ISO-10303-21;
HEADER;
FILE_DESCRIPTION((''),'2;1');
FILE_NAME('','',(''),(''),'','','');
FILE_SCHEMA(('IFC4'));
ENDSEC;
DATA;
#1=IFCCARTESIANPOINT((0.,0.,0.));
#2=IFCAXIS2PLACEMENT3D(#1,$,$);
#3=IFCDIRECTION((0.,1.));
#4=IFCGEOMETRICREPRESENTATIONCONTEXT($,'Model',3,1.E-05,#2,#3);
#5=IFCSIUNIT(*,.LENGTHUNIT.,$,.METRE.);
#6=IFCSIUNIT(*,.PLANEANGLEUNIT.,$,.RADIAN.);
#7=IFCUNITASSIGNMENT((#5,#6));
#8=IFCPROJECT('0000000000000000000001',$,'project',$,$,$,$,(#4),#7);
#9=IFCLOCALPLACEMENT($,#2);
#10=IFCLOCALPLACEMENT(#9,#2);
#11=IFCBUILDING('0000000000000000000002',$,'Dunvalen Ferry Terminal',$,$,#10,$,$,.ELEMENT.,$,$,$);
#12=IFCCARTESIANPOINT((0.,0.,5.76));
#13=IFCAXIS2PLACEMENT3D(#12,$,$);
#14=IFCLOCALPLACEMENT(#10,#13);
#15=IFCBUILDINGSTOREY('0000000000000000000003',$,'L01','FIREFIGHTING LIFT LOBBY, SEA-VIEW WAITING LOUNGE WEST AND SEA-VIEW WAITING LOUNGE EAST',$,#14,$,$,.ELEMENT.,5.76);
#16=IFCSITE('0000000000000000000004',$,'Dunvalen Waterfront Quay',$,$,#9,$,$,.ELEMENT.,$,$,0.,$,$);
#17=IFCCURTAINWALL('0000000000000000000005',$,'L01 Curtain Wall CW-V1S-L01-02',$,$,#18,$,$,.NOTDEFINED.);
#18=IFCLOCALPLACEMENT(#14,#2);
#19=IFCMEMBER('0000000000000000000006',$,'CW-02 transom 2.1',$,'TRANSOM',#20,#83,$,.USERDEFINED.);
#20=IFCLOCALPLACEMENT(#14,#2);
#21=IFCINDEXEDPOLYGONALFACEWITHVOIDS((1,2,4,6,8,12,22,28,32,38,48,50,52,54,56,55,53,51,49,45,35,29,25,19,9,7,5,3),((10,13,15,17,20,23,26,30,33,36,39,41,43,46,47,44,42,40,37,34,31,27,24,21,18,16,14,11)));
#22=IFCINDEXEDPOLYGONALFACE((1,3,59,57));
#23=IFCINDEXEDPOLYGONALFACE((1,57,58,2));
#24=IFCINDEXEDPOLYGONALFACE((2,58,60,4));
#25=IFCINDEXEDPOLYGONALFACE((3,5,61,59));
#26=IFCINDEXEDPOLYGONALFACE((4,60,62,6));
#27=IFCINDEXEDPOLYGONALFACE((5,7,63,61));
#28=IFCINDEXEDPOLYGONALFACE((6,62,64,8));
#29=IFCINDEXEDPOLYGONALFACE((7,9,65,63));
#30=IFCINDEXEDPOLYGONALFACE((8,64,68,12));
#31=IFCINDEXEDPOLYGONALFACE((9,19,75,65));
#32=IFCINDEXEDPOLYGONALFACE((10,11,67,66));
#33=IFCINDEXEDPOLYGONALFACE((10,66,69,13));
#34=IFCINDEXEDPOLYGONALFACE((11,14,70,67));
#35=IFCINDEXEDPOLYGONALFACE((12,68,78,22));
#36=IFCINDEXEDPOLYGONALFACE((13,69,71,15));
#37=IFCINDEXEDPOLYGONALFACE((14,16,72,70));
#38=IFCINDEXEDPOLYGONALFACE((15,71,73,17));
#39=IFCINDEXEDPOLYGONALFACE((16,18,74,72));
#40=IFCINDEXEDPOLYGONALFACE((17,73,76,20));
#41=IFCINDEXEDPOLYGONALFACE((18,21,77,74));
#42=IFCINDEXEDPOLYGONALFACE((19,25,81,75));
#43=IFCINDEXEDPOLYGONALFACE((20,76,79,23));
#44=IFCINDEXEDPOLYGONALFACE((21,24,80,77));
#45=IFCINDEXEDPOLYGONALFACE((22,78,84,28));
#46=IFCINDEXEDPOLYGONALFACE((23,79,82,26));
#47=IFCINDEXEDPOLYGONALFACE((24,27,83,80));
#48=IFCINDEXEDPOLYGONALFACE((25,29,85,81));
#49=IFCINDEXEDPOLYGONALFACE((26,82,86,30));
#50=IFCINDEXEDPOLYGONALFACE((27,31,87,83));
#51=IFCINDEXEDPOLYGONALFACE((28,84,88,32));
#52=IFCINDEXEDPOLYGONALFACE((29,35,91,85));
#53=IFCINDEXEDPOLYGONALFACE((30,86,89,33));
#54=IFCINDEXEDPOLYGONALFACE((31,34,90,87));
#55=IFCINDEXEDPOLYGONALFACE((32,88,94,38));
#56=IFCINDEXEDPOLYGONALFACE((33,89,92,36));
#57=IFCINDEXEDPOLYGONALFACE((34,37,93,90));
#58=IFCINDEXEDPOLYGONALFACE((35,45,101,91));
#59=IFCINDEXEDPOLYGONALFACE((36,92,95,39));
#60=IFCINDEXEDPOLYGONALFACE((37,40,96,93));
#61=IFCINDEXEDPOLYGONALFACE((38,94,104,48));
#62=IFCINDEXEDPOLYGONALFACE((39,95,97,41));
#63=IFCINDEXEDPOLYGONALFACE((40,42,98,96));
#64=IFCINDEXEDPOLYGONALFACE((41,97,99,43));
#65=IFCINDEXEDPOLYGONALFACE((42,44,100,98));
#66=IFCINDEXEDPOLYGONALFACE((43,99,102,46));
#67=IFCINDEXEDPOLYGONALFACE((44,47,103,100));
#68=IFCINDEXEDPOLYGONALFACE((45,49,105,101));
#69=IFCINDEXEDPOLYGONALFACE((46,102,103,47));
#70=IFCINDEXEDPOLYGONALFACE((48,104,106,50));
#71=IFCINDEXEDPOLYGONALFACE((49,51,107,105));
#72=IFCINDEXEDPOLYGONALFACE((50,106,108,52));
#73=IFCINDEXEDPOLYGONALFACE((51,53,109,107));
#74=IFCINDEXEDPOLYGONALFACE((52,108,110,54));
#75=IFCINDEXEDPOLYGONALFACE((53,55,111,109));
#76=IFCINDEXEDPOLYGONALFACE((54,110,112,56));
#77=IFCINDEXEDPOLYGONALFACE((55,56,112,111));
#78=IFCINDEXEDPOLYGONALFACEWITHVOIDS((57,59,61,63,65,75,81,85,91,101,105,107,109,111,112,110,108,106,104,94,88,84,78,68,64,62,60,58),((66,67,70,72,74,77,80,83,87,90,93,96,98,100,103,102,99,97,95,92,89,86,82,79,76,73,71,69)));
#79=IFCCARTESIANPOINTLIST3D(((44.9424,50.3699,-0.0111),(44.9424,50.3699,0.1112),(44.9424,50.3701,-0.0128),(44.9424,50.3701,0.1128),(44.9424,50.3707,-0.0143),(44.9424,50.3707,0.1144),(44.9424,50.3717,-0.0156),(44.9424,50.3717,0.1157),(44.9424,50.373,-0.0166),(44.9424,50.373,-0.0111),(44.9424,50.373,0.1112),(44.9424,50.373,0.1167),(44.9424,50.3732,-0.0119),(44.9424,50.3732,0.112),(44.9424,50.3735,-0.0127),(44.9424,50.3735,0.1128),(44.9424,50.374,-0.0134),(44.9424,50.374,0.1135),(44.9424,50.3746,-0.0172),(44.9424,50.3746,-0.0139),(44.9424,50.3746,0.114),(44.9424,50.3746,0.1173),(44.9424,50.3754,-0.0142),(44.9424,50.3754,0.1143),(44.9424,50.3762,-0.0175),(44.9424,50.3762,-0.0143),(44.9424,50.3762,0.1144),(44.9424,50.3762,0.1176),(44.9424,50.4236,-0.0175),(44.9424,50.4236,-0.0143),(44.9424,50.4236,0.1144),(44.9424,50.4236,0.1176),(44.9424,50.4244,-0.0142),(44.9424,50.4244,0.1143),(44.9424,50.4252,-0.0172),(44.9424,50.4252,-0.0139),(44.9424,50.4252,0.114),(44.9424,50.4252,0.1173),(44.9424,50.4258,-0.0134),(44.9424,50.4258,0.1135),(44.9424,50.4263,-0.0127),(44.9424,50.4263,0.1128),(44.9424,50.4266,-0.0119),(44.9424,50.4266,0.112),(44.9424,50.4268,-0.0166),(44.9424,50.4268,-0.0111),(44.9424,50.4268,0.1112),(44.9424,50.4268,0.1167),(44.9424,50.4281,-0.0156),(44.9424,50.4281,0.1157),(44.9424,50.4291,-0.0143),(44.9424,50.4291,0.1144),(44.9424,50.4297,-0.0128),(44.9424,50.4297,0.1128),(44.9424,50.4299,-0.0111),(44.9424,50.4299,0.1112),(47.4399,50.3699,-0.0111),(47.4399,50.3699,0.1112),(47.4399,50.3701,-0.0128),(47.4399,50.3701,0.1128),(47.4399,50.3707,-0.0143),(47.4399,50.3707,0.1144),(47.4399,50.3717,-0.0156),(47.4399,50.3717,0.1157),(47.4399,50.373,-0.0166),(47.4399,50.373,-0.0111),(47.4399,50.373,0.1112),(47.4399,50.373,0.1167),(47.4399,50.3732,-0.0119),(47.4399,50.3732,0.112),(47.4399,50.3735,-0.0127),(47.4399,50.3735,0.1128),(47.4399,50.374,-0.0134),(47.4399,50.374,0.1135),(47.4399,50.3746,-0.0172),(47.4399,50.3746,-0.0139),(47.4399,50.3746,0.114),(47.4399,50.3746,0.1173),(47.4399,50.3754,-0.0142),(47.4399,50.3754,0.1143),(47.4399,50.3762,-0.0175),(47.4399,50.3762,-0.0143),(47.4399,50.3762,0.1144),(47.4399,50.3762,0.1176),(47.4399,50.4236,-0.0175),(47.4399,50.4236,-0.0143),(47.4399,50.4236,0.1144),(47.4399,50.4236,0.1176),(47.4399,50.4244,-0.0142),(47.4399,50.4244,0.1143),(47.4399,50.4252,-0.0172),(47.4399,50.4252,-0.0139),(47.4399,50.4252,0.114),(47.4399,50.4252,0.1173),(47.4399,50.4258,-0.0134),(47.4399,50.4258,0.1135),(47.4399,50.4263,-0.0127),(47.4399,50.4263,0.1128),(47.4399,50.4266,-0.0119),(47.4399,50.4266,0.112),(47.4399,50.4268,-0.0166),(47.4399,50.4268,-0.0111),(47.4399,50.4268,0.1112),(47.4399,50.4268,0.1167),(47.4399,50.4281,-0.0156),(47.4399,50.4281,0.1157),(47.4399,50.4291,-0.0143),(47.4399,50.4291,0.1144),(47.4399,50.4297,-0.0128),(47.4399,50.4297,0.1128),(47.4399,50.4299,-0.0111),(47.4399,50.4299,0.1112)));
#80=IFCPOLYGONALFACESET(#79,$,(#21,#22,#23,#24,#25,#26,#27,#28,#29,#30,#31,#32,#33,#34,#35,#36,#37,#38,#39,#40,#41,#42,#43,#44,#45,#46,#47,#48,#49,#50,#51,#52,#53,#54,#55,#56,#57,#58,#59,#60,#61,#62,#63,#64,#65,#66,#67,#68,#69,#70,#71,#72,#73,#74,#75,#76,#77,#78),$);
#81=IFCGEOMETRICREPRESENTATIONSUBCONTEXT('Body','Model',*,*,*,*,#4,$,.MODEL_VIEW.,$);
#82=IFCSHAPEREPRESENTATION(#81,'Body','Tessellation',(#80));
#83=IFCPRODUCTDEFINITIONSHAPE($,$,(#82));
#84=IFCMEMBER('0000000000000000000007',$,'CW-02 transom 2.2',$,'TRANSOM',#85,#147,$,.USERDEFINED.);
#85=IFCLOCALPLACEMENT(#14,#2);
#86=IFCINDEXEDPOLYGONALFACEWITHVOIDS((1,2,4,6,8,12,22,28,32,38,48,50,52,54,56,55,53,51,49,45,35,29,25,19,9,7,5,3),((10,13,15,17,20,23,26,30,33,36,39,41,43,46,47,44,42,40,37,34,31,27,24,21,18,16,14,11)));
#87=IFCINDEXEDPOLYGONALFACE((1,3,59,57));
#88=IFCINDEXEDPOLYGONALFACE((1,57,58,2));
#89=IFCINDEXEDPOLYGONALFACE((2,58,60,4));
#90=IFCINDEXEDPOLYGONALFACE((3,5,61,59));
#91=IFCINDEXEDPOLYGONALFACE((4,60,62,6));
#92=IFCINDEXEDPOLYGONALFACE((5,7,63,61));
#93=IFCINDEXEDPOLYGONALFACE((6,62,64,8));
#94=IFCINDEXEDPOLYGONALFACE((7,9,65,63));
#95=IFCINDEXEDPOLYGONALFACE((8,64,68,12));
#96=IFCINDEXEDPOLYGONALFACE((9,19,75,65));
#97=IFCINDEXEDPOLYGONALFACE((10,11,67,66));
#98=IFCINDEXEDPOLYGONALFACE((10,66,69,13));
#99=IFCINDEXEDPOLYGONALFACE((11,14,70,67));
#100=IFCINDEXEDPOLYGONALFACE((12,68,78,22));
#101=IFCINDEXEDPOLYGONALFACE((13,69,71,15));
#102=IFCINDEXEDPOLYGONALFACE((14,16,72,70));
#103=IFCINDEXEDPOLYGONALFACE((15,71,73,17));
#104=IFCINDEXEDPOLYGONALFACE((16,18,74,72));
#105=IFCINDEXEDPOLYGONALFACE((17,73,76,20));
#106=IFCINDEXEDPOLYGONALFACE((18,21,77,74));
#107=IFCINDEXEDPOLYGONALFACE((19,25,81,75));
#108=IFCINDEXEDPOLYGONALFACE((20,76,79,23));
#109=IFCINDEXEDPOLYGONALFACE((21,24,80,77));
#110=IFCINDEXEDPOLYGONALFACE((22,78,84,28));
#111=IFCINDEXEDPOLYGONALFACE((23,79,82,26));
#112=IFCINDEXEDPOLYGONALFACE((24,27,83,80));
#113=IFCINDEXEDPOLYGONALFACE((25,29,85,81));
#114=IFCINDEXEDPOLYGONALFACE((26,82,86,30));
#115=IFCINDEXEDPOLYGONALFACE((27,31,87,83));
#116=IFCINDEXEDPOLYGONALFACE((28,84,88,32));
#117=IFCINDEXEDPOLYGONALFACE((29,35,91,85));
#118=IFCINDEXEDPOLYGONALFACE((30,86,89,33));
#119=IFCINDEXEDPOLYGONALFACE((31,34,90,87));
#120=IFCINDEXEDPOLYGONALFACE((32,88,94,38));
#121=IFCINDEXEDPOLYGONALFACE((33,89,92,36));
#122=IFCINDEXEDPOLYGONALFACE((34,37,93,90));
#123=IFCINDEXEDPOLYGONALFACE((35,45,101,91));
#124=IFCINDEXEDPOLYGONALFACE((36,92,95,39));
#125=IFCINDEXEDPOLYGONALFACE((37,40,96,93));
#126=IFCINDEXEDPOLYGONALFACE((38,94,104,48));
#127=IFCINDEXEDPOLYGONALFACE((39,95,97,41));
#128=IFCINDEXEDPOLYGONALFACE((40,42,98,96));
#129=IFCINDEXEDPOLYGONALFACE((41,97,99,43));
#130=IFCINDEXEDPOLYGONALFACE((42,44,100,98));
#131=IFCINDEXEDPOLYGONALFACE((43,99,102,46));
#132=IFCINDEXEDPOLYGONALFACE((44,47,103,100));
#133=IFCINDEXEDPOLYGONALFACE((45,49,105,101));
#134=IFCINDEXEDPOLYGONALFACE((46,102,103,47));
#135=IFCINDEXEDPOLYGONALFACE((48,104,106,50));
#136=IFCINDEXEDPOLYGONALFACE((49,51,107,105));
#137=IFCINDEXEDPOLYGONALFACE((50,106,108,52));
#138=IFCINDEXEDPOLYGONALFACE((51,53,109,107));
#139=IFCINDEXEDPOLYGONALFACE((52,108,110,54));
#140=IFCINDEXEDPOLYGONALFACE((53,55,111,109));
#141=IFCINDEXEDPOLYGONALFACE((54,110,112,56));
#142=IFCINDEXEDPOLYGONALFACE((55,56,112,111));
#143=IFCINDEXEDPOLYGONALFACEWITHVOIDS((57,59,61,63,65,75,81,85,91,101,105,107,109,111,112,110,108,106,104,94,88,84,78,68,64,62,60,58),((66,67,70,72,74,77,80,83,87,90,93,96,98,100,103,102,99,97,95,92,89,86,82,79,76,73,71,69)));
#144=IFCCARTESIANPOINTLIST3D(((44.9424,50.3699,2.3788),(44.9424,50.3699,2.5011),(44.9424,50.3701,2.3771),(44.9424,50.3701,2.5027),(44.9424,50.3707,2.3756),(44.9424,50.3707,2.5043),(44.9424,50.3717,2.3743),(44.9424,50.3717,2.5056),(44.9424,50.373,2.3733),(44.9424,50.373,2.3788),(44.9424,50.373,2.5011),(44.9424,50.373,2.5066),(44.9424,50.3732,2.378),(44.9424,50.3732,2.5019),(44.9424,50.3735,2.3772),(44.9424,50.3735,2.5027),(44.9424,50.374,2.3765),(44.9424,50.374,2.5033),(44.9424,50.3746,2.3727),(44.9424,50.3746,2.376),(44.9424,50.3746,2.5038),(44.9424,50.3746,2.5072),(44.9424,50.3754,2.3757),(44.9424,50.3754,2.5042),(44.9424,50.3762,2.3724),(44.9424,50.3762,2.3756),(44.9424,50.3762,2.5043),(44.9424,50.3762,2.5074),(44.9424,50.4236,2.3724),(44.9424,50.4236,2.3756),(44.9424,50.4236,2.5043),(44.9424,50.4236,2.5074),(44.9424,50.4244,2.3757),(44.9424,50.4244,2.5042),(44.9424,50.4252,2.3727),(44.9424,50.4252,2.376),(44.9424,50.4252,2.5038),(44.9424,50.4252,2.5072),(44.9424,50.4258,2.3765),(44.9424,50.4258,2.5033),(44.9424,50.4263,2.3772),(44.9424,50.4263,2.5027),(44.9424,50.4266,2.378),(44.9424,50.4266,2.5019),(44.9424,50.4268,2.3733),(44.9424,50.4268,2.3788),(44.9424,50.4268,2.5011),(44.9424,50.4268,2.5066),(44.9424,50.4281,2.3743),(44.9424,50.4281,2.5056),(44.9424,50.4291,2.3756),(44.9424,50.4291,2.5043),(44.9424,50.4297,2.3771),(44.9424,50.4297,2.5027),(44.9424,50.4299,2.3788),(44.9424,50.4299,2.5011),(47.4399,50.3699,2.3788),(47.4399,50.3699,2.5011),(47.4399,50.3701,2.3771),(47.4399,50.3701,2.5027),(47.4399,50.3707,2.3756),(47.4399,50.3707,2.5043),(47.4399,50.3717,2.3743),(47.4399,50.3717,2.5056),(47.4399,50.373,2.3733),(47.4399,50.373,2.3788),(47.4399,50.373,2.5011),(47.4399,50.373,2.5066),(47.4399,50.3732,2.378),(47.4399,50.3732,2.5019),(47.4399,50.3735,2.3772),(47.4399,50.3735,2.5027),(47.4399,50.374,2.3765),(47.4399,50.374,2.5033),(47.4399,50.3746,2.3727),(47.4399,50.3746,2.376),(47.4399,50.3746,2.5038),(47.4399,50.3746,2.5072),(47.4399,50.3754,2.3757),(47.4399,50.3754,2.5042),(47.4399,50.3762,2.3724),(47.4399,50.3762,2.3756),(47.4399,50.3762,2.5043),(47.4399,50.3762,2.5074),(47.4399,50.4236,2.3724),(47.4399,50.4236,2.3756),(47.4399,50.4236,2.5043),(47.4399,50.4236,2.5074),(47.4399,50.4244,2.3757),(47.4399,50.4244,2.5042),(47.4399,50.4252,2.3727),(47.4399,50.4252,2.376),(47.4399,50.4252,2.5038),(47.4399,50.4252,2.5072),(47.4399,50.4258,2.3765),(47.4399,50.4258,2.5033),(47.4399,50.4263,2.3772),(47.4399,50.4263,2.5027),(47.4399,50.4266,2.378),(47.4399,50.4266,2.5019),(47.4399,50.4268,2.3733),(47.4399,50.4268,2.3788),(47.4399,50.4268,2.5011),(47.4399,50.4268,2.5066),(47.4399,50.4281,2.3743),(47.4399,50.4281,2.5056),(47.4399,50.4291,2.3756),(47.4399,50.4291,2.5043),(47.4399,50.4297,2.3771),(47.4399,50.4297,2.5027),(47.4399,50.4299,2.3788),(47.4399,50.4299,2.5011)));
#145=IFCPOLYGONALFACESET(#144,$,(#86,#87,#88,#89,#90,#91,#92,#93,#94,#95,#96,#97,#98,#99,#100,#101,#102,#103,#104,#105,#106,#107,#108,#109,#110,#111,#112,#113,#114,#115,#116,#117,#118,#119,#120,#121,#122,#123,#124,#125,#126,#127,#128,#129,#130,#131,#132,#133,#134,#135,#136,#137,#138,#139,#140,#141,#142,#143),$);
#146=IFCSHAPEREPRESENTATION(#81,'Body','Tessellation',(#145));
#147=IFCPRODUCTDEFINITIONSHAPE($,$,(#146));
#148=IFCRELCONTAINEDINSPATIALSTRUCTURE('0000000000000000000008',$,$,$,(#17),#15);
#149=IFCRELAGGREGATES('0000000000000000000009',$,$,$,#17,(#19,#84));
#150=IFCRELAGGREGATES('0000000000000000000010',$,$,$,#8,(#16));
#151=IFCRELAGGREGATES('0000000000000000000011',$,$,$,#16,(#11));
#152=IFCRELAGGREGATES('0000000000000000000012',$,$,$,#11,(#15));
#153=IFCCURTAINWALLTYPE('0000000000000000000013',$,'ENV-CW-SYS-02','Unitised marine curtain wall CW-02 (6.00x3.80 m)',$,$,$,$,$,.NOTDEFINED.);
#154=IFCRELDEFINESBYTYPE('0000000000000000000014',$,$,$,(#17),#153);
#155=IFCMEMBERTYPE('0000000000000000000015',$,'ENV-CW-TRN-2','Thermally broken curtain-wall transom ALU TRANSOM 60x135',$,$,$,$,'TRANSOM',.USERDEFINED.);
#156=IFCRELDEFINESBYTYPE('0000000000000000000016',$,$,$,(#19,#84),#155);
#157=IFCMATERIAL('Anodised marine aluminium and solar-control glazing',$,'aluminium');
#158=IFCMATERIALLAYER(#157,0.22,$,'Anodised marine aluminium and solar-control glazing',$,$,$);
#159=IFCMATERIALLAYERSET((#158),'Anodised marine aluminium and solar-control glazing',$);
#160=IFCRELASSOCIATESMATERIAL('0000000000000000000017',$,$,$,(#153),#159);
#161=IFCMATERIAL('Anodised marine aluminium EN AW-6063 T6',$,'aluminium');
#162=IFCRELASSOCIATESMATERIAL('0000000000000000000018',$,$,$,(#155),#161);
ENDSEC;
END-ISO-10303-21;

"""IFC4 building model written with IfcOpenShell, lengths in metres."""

from ifc_helpers import new_model, si_unit, direction, frame, origin, origin_2d, place, context, subcontext, project, spatial, hollow_rectangle, extrude, material, layer, layer_set, material_profile, profile_set, type_object, element, aggregate, save


model = new_model("IFC4")

# Units and contexts
model_context = context("Model", 3, precision=1e-05, world=origin(), true_north=direction((0.0, 1.0)))
body_context = subcontext(model_context, "Body", "Model", "MODEL_VIEW")
ifc_project = project(units=[si_unit("LENGTHUNIT", "METRE"), si_unit("PLANEANGLEUNIT", "RADIAN")], contexts=[model_context])

# Site, building, storey
site_placement = place(None, origin())
site = spatial("IfcSite", under=ifc_project, at=site_placement, Name="Dunvalen Waterfront Quay", CompositionType="ELEMENT", RefElevation=0.0)
building_placement = place(site_placement, origin())
building = spatial("IfcBuilding", under=site, at=building_placement, Name="Dunvalen Ferry Terminal", CompositionType="ELEMENT")
storey_placement = place(building_placement, frame((0.0, 0.0, 5.76)))
storey = spatial("IfcBuildingStorey", under=building, at=storey_placement, Name="L01", Description="FIREFIGHTING LIFT LOBBY, SEA-VIEW WAITING LOUNGE WEST AND SEA-VIEW WAITING LOUNGE EAST", CompositionType="ELEMENT", Elevation=5.76)

# Curtain wall
ifc_material_1 = material(Name="Anodised marine aluminium and solar-control glazing", Category="aluminium")
ifc_layer_1 = layer(ifc_material_1, 0.22, Name="Anodised marine aluminium and solar-control glazing")
ifc_layer_set_1 = layer_set([ifc_layer_1], Name="Anodised marine aluminium and solar-control glazing")
curtain_wall_type_1 = type_object("IfcCurtainWallType", Name="ENV-CW-SYS-02", Description="Unitised marine curtain wall CW-02 (6.00x3.80 m)", PredefinedType="NOTDEFINED", material=ifc_layer_set_1)
curtain_wall_1_placement = place(storey_placement, origin())
curtain_wall_1 = element("IfcCurtainWall", 1, at=curtain_wall_1_placement, inside=storey, type_object=curtain_wall_type_1, Name="L01 Curtain Wall CW-V1S-L01-02", PredefinedType="NOTDEFINED")
ifc_material_2 = material(Name="Anodised marine aluminium EN AW-6063 T6", Category="aluminium")

# Members
ifc_material_profile_1 = material_profile(ifc_material_2, hollow_rectangle(XDim=0.0601, YDim=0.135, WallThickness=0.0032, InnerFilletRadius=0.0032, OuterFilletRadius=0.0063, at=origin_2d()), Name="Anodised marine aluminium EN AW-6063 T6")
ifc_profile_set_1 = profile_set([ifc_material_profile_1], Name="Anodised marine aluminium EN AW-6063 T6")
member_type_1 = type_object("IfcMemberType", Name="ENV-CW-TRN-2", Description="Thermally broken curtain-wall transom ALU TRANSOM 60x135", ElementType="TRANSOM", PredefinedType="USERDEFINED", material=ifc_profile_set_1)
member_1_placement = place(storey_placement, frame((44.9424, 50.3999, 0.05), z_axis=(1.0, 0.0, 0.0), x_axis=(0.0, 1.0, 0.0)))
member_1 = element("IfcMember", 2, at=member_1_placement, type_object=member_type_1, Name="CW-02 transom 2.1", ObjectType="TRANSOM", PredefinedType="USERDEFINED", context=body_context, shape_type="SweptSolid", body=[
    extrude(hollow_rectangle(XDim=0.0601, YDim=0.135, WallThickness=0.0032, InnerFilletRadius=0.0032, OuterFilletRadius=0.0063, at=origin_2d()), origin(), (0.0, 0.0, 1.0), 2.4976),
])
member_2_placement = place(storey_placement, frame((44.9424, 50.3999, 2.4399), z_axis=(1.0, 0.0, 0.0), x_axis=(0.0, 1.0, 0.0)))
member_2 = element("IfcMember", 3, at=member_2_placement, type_object=member_type_1, Name="CW-02 transom 2.2", ObjectType="TRANSOM", PredefinedType="USERDEFINED", context=body_context, shape_type="SweptSolid", body=[
    extrude(hollow_rectangle(XDim=0.0601, YDim=0.135, WallThickness=0.0032, InnerFilletRadius=0.0032, OuterFilletRadius=0.0063, at=origin_2d()), origin(), (0.0, 0.0, 1.0), 2.4976),
])

aggregate(curtain_wall_1, [member_1, member_2])

save(model, "model.ifc")
